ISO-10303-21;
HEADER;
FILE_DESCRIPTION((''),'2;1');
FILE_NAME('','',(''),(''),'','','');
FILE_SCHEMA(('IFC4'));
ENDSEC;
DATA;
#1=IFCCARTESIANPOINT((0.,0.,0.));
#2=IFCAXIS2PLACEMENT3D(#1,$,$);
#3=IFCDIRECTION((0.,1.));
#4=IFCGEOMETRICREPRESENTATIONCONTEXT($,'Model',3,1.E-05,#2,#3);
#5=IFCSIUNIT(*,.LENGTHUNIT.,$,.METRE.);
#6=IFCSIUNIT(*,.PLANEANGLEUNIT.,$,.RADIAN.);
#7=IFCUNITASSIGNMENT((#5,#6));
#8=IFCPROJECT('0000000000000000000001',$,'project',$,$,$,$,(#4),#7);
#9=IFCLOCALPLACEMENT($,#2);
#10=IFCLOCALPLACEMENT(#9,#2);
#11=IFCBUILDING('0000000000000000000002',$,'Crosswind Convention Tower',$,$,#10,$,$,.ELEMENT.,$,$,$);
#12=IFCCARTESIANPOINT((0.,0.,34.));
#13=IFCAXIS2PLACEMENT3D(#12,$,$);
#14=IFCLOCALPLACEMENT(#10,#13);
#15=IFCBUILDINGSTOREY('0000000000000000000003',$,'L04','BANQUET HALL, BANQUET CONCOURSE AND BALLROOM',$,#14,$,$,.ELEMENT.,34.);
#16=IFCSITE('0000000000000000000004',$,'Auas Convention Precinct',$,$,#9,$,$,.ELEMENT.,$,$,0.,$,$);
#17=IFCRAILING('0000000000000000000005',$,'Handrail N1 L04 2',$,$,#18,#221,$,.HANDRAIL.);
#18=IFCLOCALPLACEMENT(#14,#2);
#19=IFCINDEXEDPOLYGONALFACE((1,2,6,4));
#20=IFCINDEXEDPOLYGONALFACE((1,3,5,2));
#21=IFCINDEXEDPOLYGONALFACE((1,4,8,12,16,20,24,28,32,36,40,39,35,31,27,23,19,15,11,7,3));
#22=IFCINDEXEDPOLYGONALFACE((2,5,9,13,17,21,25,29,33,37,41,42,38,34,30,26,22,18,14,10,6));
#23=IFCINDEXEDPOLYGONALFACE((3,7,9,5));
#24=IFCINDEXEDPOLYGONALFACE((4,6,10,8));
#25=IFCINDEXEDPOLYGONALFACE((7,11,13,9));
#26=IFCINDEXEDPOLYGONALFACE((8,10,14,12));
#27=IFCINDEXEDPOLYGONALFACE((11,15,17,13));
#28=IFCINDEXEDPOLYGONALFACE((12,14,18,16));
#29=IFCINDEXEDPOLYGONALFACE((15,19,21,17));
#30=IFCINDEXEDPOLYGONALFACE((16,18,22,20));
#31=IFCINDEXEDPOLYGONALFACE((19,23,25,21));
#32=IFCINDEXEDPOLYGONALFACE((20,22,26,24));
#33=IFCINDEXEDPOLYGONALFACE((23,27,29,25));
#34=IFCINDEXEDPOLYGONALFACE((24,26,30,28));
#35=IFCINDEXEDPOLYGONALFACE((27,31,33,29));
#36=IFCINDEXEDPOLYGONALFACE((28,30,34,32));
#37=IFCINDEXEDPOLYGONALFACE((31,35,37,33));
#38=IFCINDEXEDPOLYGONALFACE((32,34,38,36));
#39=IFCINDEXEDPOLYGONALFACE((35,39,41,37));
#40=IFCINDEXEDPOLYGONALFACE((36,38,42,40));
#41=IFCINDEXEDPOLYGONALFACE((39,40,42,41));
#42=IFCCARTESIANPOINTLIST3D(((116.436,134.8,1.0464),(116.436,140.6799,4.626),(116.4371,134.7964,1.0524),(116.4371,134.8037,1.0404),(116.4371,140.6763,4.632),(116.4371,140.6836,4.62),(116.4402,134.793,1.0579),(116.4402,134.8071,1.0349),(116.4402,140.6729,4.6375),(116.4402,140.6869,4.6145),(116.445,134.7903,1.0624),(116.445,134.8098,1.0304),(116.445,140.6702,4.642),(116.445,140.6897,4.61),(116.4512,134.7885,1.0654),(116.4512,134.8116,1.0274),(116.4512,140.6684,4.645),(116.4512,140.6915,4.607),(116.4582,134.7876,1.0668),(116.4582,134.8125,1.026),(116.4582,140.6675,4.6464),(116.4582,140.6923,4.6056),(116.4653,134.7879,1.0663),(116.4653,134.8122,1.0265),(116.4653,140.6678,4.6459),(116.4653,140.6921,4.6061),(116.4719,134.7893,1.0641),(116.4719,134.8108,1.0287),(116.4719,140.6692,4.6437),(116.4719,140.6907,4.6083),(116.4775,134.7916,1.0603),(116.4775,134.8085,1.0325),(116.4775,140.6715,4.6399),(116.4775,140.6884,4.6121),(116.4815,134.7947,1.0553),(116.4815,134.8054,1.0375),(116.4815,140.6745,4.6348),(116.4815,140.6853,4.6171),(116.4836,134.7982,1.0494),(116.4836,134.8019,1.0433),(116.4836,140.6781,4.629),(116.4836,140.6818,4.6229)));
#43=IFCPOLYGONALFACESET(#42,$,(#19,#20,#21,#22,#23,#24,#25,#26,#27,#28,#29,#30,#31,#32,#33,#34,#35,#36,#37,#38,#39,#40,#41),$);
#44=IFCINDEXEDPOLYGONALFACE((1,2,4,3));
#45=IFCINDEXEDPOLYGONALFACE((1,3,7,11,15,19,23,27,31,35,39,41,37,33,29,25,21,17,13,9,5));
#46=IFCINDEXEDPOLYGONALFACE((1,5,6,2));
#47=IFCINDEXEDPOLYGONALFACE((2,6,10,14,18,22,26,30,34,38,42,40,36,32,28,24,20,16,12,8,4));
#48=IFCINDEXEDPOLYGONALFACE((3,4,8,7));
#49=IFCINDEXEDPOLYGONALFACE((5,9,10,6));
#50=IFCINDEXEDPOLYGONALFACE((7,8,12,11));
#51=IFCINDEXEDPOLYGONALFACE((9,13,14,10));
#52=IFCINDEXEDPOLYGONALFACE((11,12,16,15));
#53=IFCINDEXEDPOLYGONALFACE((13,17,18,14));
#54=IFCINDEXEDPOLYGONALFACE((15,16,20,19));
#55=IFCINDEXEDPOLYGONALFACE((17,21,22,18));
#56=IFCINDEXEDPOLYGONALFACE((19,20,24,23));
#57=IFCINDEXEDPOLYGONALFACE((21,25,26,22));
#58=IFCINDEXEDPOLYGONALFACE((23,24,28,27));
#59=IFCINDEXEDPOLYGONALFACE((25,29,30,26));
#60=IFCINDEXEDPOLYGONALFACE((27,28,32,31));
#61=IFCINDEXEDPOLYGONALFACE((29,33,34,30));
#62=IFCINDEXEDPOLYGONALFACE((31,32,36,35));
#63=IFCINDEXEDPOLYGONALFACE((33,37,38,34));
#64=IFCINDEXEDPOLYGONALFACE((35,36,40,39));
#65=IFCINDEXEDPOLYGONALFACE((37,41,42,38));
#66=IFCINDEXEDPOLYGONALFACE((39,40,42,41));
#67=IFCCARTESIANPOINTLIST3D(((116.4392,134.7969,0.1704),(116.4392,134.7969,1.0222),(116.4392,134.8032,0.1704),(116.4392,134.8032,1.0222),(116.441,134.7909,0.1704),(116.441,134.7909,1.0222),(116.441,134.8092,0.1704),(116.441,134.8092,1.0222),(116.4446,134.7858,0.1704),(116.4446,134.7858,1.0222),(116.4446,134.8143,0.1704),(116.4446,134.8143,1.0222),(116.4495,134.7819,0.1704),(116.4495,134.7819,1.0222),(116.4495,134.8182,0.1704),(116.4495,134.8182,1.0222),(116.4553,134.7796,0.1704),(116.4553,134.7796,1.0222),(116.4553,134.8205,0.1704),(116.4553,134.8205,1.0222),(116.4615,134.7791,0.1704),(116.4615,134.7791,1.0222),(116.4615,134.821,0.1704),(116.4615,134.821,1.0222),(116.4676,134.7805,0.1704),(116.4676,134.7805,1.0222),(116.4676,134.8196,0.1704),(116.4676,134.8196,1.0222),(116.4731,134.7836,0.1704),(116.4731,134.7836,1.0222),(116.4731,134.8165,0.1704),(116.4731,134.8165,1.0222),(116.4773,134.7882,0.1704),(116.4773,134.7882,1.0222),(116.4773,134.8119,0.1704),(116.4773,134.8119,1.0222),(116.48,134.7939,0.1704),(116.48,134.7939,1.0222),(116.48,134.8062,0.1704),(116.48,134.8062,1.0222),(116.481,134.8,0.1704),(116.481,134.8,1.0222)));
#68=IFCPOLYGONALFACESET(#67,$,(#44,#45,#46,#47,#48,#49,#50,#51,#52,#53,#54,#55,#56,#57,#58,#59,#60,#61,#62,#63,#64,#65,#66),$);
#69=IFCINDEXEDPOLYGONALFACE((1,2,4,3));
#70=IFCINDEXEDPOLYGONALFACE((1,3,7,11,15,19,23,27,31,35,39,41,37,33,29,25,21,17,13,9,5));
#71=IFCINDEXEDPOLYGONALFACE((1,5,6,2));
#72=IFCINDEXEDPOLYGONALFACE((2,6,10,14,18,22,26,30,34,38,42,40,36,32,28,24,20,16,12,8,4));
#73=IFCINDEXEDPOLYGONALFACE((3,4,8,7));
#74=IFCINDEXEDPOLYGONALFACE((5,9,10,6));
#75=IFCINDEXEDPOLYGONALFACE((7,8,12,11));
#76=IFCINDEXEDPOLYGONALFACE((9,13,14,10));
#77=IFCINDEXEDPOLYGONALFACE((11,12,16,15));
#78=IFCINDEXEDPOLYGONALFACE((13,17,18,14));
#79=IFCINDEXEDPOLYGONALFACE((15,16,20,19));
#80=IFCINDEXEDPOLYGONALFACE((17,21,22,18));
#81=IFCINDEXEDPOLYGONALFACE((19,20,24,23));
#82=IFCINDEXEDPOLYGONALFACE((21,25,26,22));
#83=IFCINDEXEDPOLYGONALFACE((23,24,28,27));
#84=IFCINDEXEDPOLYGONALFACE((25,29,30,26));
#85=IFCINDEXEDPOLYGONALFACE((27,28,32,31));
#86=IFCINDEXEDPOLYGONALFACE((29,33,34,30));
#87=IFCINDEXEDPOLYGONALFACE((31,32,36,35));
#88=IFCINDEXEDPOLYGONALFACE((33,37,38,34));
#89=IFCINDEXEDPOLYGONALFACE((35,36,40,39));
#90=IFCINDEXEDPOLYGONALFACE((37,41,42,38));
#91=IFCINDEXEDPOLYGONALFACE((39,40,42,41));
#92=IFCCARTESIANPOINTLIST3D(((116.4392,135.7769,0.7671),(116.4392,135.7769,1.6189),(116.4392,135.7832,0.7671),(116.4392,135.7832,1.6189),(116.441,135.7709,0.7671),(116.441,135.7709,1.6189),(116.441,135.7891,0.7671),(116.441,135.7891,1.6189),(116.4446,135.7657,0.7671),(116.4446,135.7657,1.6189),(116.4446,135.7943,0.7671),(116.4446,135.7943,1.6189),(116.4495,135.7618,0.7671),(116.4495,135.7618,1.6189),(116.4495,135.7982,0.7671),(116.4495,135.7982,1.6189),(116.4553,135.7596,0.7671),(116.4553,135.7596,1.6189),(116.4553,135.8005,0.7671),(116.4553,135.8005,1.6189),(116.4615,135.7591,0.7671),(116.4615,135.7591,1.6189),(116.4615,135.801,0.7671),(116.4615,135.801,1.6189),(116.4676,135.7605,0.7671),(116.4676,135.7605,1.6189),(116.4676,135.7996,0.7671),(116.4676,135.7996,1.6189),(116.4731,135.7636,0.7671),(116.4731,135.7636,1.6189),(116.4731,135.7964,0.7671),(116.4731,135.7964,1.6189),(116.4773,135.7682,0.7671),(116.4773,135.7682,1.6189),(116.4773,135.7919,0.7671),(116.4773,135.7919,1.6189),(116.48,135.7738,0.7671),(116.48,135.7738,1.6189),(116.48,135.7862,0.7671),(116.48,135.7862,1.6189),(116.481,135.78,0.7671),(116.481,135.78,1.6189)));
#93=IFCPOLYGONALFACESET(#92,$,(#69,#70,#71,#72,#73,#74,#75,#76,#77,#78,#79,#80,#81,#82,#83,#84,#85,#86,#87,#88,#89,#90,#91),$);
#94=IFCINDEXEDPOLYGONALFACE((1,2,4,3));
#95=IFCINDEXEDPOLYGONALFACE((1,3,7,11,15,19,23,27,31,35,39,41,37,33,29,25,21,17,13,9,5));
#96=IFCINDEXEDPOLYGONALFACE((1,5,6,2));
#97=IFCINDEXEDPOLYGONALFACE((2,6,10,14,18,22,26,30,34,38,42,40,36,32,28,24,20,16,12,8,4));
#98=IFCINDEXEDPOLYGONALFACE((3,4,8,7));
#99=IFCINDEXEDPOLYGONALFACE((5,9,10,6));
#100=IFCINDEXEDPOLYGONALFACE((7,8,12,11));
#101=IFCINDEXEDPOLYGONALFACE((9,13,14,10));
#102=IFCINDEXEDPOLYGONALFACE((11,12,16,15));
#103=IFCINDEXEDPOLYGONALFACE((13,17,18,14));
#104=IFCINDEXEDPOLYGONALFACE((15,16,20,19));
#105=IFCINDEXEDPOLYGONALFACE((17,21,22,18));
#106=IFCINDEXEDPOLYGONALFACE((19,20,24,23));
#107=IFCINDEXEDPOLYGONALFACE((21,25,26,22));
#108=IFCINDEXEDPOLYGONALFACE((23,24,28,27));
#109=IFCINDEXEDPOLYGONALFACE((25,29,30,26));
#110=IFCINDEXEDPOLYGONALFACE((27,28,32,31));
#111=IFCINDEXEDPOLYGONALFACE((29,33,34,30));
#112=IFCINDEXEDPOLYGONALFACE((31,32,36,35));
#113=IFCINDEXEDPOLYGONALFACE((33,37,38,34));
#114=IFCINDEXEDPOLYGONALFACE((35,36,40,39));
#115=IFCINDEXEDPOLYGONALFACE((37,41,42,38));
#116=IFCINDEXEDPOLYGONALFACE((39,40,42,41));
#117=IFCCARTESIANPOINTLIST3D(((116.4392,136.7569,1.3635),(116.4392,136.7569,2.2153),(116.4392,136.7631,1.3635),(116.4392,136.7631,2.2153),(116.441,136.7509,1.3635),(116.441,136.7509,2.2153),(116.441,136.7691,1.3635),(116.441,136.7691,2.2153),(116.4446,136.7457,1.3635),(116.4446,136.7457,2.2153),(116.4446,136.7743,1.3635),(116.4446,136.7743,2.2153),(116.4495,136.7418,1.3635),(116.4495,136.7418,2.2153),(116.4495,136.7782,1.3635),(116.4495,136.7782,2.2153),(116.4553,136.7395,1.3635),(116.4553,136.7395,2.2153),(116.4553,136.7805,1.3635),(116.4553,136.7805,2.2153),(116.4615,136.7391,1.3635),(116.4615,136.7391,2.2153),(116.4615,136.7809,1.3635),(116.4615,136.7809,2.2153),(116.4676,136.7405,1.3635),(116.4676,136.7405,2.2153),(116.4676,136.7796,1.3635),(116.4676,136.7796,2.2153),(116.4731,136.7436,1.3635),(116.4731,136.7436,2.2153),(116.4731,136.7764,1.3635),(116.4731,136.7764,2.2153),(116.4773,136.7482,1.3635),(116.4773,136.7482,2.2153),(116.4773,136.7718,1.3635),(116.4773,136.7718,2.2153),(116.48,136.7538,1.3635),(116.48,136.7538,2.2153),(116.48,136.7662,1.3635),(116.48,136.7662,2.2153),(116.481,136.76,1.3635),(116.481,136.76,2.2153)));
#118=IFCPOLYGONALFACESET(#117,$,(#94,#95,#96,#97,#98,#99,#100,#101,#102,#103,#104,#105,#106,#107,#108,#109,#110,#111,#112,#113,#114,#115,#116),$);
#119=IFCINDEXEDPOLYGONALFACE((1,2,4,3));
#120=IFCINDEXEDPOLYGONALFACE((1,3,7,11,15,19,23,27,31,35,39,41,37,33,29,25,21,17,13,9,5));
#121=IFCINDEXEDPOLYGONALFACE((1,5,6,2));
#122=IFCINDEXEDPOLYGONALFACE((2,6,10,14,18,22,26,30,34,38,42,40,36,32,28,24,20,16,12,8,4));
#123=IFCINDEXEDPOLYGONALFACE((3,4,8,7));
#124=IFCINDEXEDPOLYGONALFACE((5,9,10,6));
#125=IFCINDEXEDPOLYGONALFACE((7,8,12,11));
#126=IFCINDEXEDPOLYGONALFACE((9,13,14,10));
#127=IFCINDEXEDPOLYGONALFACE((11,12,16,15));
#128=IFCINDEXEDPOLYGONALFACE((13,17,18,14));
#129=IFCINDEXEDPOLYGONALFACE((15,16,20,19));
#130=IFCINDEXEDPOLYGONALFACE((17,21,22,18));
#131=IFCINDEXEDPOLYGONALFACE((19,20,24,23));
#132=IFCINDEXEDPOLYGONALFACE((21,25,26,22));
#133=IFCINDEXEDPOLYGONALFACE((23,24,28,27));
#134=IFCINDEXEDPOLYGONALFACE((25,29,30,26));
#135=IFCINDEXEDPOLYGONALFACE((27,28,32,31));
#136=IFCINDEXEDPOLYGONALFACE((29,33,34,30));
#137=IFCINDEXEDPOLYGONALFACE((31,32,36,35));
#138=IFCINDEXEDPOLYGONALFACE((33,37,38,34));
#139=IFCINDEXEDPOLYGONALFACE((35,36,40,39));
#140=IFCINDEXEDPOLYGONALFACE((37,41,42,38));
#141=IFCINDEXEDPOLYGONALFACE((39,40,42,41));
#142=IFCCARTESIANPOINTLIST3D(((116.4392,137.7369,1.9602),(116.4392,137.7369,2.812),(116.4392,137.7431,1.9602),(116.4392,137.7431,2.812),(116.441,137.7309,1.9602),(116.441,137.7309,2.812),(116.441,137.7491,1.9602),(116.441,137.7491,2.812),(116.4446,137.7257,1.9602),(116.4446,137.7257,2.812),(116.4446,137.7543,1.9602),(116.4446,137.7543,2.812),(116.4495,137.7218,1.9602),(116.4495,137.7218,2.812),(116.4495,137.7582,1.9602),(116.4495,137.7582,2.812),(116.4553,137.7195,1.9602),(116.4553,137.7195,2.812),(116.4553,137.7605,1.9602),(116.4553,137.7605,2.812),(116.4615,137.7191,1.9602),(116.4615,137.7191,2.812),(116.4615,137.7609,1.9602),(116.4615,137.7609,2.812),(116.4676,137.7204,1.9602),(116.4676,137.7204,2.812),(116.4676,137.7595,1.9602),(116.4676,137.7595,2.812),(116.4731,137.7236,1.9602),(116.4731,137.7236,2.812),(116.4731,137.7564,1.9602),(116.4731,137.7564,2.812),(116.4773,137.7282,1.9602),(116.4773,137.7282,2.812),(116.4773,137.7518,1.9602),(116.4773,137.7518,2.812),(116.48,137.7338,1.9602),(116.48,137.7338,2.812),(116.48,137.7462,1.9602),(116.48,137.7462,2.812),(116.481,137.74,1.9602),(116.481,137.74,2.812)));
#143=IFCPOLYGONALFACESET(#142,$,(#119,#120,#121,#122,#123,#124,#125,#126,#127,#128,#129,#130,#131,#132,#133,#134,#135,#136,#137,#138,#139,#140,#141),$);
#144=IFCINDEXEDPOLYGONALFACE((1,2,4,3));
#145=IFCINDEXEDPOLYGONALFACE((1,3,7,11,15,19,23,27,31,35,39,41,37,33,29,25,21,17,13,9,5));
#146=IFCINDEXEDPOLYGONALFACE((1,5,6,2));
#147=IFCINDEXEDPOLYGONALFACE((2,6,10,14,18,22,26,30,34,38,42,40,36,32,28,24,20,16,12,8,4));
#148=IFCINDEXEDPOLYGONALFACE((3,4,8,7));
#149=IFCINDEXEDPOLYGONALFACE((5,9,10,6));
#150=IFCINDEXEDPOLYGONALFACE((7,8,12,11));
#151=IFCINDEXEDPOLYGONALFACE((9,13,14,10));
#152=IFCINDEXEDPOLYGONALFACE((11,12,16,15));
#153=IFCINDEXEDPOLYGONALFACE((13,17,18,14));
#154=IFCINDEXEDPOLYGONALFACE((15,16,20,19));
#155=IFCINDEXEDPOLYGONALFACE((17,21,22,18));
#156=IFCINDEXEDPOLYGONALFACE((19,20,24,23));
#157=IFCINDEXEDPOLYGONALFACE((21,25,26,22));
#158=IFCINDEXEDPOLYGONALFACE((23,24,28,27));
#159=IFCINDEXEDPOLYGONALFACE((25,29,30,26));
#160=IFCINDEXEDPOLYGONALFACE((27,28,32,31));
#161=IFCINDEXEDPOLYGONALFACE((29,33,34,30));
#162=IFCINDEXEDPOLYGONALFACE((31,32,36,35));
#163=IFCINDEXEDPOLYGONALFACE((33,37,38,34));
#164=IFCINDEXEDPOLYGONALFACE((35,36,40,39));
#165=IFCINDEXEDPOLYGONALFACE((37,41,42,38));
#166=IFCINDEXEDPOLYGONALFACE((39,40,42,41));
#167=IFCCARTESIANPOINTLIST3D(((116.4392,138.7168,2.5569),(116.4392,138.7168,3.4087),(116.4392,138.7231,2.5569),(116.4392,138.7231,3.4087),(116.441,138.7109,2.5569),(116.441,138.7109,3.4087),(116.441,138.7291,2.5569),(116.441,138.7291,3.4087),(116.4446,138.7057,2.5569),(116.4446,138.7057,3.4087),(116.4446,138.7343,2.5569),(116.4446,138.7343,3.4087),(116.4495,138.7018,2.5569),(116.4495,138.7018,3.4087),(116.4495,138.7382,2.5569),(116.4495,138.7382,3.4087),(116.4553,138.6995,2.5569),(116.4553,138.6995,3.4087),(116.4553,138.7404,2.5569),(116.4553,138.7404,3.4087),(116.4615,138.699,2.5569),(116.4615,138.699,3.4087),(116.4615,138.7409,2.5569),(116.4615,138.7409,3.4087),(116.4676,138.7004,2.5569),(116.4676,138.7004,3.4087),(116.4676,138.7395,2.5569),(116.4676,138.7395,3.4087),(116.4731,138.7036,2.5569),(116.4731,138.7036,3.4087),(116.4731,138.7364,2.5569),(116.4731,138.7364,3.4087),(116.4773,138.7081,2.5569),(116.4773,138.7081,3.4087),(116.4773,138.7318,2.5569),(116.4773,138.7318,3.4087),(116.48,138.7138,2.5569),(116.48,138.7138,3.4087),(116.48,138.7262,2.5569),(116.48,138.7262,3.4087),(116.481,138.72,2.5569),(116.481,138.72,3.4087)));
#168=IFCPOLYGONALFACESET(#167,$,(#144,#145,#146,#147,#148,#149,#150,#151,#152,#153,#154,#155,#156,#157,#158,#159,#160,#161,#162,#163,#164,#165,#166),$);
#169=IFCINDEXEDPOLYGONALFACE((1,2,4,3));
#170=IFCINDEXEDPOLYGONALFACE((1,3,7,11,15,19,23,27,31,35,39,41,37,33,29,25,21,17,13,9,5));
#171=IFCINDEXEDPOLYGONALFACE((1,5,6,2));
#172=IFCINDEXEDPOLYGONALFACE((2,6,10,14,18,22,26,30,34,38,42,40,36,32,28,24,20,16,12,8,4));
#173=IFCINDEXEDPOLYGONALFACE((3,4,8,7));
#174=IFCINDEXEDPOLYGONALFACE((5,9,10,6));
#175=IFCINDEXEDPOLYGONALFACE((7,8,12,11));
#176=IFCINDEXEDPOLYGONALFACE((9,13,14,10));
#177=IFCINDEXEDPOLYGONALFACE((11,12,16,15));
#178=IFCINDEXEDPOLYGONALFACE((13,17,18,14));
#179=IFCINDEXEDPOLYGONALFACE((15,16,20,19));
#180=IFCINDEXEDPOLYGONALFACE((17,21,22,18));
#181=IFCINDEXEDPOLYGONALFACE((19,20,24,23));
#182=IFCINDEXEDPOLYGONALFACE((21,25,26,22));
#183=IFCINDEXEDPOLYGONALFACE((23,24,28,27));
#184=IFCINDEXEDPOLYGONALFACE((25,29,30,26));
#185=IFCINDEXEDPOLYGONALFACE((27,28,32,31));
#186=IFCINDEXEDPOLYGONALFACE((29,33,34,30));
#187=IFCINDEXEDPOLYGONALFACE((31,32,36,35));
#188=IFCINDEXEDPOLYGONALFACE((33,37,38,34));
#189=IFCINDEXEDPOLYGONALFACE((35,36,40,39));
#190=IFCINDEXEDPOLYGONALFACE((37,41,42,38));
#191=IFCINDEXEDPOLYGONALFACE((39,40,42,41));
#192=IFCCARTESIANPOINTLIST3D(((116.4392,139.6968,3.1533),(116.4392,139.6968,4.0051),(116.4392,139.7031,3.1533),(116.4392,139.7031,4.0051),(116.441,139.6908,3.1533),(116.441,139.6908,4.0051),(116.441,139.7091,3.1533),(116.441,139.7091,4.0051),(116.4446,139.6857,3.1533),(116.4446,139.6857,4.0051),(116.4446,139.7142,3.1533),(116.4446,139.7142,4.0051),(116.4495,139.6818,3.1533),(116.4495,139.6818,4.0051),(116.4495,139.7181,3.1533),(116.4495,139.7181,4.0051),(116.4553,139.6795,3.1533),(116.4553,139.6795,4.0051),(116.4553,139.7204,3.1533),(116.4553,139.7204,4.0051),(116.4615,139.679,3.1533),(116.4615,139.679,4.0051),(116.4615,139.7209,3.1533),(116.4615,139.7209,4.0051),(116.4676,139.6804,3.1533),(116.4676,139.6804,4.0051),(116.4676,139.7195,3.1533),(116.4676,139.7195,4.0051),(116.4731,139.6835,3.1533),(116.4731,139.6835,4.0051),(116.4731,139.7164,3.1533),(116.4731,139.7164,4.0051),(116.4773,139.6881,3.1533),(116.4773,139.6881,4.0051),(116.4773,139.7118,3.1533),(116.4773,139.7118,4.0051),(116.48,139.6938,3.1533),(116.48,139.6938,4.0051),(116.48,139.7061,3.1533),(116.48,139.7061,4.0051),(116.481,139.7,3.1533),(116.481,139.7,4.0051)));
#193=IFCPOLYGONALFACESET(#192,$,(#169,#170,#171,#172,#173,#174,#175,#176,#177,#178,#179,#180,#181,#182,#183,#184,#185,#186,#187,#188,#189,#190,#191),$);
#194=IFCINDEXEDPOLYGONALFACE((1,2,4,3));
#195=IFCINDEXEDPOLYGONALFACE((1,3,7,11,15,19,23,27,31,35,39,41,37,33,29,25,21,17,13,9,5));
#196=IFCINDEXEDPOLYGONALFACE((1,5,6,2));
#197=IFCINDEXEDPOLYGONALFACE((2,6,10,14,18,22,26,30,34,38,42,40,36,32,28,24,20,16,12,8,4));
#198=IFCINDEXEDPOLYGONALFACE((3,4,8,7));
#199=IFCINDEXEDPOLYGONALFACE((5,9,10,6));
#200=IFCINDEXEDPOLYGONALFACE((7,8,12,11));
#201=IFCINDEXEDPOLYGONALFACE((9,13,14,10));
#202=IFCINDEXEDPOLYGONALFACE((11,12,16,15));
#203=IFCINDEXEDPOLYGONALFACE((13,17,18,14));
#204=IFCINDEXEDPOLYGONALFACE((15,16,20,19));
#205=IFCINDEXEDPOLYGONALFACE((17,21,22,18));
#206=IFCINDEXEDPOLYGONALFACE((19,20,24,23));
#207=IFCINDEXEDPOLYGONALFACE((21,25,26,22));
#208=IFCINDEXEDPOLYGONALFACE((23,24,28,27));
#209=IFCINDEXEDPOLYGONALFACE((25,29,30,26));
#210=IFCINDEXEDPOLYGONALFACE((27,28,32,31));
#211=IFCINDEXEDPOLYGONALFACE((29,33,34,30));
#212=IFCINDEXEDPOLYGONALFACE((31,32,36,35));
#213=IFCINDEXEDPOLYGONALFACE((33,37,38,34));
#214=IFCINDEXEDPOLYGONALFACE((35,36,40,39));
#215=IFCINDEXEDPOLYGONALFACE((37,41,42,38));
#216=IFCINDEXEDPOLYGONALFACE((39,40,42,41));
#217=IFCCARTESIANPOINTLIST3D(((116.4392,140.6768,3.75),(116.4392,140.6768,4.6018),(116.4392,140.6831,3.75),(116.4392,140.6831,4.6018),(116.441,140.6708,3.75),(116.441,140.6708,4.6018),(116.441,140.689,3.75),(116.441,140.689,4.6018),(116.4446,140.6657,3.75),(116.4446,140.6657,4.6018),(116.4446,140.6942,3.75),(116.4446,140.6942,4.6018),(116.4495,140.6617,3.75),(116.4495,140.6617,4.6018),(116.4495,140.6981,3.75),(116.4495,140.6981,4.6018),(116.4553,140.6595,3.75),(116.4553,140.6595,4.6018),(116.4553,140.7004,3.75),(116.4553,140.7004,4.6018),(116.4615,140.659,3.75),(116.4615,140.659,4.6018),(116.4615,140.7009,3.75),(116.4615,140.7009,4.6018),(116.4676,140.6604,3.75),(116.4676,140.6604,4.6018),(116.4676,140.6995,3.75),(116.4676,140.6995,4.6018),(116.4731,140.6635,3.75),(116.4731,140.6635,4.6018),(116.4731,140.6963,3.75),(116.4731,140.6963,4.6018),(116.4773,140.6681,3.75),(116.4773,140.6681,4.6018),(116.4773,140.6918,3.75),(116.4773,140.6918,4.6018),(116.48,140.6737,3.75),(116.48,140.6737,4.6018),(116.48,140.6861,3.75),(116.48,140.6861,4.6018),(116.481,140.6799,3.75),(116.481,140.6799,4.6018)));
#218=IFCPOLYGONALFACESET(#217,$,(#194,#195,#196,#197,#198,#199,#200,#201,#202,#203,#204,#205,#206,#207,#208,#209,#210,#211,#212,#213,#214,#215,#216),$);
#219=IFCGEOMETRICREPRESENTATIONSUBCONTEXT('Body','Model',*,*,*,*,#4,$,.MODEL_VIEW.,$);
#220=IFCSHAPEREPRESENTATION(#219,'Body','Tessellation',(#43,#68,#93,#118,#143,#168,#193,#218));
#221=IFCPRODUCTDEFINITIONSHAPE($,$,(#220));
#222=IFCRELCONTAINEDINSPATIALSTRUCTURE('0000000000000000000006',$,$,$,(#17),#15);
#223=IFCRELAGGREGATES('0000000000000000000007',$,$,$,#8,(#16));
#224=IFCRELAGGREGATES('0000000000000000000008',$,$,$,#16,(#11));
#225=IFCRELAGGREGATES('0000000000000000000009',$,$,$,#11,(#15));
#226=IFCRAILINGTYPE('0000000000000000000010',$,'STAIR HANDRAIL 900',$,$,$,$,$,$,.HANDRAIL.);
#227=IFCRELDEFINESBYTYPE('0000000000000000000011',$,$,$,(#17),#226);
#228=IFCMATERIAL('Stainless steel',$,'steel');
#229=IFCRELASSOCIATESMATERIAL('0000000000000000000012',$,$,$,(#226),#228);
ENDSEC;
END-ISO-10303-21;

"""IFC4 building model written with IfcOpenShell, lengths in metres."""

from ifc_helpers import new_model, si_unit, direction, frame, origin, origin_2d, place, context, subcontext, project, spatial, circle, extrude, material, type_object, element, save


model = new_model("IFC4")

# Units and contexts
model_context = context("Model", 3, precision=1e-05, world=origin(), true_north=direction((0.0, 1.0)))
body_context = subcontext(model_context, "Body", "Model", "MODEL_VIEW")
ifc_project = project(units=[si_unit("LENGTHUNIT", "METRE"), si_unit("PLANEANGLEUNIT", "RADIAN")], contexts=[model_context])

# Site, building, storey
site_placement = place(None, origin())
site = spatial("IfcSite", under=ifc_project, at=site_placement, Name="Auas Convention Precinct", CompositionType="ELEMENT", RefElevation=0.0)
building_placement = place(site_placement, origin())
building = spatial("IfcBuilding", under=site, at=building_placement, Name="Crosswind Convention Tower", CompositionType="ELEMENT")
storey_placement = place(building_placement, frame((0.0, 0.0, 34.0)))
storey = spatial("IfcBuildingStorey", under=building, at=storey_placement, Name="L04", Description="BANQUET HALL, BANQUET CONCOURSE AND BALLROOM", CompositionType="ELEMENT", Elevation=34.0)

# Railing
ifc_material_1 = material(Name="Stainless steel", Category="steel")
railing_type = type_object("IfcRailingType", Name="STAIR HANDRAIL 900", PredefinedType="HANDRAIL", material=ifc_material_1)
railing_placement = place(storey_placement, frame((116.46, 134.8, 0.1704)))
element("IfcRailing", 1, at=railing_placement, inside=storey, type_object=railing_type, Name="Handrail N1 L04 2", PredefinedType="HANDRAIL", context=body_context, shape_type="SweptSolid", body=[
    extrude(circle(Radius=0.0239, at=origin_2d()), frame((0.0, 0.0, 0.876), z_axis=(0.0, 0.854164, 0.520003), x_axis=(-1.0, 0.0, 0.0)), (0.0, 0.0, 1.0), 6.8838),
    extrude(circle(Radius=0.021, at=origin_2d()), origin(), (0.0, 0.0, 1.0), 0.8518),
    extrude(circle(Radius=0.021, at=origin_2d()), frame((0.0, 0.98, 0.5967)), (0.0, 0.0, 1.0), 0.8518),
    extrude(circle(Radius=0.021, at=origin_2d()), frame((0.0, 1.96, 1.1931)), (0.0, 0.0, 1.0), 0.8518),
    extrude(circle(Radius=0.021, at=origin_2d()), frame((0.0, 2.9399, 1.7898)), (0.0, 0.0, 1.0), 0.8518),
    extrude(circle(Radius=0.021, at=origin_2d()), frame((0.0, 3.9199, 2.3865)), (0.0, 0.0, 1.0), 0.8518),
    extrude(circle(Radius=0.021, at=origin_2d()), frame((0.0, 4.8999, 2.9829)), (0.0, 0.0, 1.0), 0.8518),
    extrude(circle(Radius=0.021, at=origin_2d()), frame((0.0, 5.8799, 3.5796)), (0.0, 0.0, 1.0), 0.8518),
])

save(model, "model.ifc")
